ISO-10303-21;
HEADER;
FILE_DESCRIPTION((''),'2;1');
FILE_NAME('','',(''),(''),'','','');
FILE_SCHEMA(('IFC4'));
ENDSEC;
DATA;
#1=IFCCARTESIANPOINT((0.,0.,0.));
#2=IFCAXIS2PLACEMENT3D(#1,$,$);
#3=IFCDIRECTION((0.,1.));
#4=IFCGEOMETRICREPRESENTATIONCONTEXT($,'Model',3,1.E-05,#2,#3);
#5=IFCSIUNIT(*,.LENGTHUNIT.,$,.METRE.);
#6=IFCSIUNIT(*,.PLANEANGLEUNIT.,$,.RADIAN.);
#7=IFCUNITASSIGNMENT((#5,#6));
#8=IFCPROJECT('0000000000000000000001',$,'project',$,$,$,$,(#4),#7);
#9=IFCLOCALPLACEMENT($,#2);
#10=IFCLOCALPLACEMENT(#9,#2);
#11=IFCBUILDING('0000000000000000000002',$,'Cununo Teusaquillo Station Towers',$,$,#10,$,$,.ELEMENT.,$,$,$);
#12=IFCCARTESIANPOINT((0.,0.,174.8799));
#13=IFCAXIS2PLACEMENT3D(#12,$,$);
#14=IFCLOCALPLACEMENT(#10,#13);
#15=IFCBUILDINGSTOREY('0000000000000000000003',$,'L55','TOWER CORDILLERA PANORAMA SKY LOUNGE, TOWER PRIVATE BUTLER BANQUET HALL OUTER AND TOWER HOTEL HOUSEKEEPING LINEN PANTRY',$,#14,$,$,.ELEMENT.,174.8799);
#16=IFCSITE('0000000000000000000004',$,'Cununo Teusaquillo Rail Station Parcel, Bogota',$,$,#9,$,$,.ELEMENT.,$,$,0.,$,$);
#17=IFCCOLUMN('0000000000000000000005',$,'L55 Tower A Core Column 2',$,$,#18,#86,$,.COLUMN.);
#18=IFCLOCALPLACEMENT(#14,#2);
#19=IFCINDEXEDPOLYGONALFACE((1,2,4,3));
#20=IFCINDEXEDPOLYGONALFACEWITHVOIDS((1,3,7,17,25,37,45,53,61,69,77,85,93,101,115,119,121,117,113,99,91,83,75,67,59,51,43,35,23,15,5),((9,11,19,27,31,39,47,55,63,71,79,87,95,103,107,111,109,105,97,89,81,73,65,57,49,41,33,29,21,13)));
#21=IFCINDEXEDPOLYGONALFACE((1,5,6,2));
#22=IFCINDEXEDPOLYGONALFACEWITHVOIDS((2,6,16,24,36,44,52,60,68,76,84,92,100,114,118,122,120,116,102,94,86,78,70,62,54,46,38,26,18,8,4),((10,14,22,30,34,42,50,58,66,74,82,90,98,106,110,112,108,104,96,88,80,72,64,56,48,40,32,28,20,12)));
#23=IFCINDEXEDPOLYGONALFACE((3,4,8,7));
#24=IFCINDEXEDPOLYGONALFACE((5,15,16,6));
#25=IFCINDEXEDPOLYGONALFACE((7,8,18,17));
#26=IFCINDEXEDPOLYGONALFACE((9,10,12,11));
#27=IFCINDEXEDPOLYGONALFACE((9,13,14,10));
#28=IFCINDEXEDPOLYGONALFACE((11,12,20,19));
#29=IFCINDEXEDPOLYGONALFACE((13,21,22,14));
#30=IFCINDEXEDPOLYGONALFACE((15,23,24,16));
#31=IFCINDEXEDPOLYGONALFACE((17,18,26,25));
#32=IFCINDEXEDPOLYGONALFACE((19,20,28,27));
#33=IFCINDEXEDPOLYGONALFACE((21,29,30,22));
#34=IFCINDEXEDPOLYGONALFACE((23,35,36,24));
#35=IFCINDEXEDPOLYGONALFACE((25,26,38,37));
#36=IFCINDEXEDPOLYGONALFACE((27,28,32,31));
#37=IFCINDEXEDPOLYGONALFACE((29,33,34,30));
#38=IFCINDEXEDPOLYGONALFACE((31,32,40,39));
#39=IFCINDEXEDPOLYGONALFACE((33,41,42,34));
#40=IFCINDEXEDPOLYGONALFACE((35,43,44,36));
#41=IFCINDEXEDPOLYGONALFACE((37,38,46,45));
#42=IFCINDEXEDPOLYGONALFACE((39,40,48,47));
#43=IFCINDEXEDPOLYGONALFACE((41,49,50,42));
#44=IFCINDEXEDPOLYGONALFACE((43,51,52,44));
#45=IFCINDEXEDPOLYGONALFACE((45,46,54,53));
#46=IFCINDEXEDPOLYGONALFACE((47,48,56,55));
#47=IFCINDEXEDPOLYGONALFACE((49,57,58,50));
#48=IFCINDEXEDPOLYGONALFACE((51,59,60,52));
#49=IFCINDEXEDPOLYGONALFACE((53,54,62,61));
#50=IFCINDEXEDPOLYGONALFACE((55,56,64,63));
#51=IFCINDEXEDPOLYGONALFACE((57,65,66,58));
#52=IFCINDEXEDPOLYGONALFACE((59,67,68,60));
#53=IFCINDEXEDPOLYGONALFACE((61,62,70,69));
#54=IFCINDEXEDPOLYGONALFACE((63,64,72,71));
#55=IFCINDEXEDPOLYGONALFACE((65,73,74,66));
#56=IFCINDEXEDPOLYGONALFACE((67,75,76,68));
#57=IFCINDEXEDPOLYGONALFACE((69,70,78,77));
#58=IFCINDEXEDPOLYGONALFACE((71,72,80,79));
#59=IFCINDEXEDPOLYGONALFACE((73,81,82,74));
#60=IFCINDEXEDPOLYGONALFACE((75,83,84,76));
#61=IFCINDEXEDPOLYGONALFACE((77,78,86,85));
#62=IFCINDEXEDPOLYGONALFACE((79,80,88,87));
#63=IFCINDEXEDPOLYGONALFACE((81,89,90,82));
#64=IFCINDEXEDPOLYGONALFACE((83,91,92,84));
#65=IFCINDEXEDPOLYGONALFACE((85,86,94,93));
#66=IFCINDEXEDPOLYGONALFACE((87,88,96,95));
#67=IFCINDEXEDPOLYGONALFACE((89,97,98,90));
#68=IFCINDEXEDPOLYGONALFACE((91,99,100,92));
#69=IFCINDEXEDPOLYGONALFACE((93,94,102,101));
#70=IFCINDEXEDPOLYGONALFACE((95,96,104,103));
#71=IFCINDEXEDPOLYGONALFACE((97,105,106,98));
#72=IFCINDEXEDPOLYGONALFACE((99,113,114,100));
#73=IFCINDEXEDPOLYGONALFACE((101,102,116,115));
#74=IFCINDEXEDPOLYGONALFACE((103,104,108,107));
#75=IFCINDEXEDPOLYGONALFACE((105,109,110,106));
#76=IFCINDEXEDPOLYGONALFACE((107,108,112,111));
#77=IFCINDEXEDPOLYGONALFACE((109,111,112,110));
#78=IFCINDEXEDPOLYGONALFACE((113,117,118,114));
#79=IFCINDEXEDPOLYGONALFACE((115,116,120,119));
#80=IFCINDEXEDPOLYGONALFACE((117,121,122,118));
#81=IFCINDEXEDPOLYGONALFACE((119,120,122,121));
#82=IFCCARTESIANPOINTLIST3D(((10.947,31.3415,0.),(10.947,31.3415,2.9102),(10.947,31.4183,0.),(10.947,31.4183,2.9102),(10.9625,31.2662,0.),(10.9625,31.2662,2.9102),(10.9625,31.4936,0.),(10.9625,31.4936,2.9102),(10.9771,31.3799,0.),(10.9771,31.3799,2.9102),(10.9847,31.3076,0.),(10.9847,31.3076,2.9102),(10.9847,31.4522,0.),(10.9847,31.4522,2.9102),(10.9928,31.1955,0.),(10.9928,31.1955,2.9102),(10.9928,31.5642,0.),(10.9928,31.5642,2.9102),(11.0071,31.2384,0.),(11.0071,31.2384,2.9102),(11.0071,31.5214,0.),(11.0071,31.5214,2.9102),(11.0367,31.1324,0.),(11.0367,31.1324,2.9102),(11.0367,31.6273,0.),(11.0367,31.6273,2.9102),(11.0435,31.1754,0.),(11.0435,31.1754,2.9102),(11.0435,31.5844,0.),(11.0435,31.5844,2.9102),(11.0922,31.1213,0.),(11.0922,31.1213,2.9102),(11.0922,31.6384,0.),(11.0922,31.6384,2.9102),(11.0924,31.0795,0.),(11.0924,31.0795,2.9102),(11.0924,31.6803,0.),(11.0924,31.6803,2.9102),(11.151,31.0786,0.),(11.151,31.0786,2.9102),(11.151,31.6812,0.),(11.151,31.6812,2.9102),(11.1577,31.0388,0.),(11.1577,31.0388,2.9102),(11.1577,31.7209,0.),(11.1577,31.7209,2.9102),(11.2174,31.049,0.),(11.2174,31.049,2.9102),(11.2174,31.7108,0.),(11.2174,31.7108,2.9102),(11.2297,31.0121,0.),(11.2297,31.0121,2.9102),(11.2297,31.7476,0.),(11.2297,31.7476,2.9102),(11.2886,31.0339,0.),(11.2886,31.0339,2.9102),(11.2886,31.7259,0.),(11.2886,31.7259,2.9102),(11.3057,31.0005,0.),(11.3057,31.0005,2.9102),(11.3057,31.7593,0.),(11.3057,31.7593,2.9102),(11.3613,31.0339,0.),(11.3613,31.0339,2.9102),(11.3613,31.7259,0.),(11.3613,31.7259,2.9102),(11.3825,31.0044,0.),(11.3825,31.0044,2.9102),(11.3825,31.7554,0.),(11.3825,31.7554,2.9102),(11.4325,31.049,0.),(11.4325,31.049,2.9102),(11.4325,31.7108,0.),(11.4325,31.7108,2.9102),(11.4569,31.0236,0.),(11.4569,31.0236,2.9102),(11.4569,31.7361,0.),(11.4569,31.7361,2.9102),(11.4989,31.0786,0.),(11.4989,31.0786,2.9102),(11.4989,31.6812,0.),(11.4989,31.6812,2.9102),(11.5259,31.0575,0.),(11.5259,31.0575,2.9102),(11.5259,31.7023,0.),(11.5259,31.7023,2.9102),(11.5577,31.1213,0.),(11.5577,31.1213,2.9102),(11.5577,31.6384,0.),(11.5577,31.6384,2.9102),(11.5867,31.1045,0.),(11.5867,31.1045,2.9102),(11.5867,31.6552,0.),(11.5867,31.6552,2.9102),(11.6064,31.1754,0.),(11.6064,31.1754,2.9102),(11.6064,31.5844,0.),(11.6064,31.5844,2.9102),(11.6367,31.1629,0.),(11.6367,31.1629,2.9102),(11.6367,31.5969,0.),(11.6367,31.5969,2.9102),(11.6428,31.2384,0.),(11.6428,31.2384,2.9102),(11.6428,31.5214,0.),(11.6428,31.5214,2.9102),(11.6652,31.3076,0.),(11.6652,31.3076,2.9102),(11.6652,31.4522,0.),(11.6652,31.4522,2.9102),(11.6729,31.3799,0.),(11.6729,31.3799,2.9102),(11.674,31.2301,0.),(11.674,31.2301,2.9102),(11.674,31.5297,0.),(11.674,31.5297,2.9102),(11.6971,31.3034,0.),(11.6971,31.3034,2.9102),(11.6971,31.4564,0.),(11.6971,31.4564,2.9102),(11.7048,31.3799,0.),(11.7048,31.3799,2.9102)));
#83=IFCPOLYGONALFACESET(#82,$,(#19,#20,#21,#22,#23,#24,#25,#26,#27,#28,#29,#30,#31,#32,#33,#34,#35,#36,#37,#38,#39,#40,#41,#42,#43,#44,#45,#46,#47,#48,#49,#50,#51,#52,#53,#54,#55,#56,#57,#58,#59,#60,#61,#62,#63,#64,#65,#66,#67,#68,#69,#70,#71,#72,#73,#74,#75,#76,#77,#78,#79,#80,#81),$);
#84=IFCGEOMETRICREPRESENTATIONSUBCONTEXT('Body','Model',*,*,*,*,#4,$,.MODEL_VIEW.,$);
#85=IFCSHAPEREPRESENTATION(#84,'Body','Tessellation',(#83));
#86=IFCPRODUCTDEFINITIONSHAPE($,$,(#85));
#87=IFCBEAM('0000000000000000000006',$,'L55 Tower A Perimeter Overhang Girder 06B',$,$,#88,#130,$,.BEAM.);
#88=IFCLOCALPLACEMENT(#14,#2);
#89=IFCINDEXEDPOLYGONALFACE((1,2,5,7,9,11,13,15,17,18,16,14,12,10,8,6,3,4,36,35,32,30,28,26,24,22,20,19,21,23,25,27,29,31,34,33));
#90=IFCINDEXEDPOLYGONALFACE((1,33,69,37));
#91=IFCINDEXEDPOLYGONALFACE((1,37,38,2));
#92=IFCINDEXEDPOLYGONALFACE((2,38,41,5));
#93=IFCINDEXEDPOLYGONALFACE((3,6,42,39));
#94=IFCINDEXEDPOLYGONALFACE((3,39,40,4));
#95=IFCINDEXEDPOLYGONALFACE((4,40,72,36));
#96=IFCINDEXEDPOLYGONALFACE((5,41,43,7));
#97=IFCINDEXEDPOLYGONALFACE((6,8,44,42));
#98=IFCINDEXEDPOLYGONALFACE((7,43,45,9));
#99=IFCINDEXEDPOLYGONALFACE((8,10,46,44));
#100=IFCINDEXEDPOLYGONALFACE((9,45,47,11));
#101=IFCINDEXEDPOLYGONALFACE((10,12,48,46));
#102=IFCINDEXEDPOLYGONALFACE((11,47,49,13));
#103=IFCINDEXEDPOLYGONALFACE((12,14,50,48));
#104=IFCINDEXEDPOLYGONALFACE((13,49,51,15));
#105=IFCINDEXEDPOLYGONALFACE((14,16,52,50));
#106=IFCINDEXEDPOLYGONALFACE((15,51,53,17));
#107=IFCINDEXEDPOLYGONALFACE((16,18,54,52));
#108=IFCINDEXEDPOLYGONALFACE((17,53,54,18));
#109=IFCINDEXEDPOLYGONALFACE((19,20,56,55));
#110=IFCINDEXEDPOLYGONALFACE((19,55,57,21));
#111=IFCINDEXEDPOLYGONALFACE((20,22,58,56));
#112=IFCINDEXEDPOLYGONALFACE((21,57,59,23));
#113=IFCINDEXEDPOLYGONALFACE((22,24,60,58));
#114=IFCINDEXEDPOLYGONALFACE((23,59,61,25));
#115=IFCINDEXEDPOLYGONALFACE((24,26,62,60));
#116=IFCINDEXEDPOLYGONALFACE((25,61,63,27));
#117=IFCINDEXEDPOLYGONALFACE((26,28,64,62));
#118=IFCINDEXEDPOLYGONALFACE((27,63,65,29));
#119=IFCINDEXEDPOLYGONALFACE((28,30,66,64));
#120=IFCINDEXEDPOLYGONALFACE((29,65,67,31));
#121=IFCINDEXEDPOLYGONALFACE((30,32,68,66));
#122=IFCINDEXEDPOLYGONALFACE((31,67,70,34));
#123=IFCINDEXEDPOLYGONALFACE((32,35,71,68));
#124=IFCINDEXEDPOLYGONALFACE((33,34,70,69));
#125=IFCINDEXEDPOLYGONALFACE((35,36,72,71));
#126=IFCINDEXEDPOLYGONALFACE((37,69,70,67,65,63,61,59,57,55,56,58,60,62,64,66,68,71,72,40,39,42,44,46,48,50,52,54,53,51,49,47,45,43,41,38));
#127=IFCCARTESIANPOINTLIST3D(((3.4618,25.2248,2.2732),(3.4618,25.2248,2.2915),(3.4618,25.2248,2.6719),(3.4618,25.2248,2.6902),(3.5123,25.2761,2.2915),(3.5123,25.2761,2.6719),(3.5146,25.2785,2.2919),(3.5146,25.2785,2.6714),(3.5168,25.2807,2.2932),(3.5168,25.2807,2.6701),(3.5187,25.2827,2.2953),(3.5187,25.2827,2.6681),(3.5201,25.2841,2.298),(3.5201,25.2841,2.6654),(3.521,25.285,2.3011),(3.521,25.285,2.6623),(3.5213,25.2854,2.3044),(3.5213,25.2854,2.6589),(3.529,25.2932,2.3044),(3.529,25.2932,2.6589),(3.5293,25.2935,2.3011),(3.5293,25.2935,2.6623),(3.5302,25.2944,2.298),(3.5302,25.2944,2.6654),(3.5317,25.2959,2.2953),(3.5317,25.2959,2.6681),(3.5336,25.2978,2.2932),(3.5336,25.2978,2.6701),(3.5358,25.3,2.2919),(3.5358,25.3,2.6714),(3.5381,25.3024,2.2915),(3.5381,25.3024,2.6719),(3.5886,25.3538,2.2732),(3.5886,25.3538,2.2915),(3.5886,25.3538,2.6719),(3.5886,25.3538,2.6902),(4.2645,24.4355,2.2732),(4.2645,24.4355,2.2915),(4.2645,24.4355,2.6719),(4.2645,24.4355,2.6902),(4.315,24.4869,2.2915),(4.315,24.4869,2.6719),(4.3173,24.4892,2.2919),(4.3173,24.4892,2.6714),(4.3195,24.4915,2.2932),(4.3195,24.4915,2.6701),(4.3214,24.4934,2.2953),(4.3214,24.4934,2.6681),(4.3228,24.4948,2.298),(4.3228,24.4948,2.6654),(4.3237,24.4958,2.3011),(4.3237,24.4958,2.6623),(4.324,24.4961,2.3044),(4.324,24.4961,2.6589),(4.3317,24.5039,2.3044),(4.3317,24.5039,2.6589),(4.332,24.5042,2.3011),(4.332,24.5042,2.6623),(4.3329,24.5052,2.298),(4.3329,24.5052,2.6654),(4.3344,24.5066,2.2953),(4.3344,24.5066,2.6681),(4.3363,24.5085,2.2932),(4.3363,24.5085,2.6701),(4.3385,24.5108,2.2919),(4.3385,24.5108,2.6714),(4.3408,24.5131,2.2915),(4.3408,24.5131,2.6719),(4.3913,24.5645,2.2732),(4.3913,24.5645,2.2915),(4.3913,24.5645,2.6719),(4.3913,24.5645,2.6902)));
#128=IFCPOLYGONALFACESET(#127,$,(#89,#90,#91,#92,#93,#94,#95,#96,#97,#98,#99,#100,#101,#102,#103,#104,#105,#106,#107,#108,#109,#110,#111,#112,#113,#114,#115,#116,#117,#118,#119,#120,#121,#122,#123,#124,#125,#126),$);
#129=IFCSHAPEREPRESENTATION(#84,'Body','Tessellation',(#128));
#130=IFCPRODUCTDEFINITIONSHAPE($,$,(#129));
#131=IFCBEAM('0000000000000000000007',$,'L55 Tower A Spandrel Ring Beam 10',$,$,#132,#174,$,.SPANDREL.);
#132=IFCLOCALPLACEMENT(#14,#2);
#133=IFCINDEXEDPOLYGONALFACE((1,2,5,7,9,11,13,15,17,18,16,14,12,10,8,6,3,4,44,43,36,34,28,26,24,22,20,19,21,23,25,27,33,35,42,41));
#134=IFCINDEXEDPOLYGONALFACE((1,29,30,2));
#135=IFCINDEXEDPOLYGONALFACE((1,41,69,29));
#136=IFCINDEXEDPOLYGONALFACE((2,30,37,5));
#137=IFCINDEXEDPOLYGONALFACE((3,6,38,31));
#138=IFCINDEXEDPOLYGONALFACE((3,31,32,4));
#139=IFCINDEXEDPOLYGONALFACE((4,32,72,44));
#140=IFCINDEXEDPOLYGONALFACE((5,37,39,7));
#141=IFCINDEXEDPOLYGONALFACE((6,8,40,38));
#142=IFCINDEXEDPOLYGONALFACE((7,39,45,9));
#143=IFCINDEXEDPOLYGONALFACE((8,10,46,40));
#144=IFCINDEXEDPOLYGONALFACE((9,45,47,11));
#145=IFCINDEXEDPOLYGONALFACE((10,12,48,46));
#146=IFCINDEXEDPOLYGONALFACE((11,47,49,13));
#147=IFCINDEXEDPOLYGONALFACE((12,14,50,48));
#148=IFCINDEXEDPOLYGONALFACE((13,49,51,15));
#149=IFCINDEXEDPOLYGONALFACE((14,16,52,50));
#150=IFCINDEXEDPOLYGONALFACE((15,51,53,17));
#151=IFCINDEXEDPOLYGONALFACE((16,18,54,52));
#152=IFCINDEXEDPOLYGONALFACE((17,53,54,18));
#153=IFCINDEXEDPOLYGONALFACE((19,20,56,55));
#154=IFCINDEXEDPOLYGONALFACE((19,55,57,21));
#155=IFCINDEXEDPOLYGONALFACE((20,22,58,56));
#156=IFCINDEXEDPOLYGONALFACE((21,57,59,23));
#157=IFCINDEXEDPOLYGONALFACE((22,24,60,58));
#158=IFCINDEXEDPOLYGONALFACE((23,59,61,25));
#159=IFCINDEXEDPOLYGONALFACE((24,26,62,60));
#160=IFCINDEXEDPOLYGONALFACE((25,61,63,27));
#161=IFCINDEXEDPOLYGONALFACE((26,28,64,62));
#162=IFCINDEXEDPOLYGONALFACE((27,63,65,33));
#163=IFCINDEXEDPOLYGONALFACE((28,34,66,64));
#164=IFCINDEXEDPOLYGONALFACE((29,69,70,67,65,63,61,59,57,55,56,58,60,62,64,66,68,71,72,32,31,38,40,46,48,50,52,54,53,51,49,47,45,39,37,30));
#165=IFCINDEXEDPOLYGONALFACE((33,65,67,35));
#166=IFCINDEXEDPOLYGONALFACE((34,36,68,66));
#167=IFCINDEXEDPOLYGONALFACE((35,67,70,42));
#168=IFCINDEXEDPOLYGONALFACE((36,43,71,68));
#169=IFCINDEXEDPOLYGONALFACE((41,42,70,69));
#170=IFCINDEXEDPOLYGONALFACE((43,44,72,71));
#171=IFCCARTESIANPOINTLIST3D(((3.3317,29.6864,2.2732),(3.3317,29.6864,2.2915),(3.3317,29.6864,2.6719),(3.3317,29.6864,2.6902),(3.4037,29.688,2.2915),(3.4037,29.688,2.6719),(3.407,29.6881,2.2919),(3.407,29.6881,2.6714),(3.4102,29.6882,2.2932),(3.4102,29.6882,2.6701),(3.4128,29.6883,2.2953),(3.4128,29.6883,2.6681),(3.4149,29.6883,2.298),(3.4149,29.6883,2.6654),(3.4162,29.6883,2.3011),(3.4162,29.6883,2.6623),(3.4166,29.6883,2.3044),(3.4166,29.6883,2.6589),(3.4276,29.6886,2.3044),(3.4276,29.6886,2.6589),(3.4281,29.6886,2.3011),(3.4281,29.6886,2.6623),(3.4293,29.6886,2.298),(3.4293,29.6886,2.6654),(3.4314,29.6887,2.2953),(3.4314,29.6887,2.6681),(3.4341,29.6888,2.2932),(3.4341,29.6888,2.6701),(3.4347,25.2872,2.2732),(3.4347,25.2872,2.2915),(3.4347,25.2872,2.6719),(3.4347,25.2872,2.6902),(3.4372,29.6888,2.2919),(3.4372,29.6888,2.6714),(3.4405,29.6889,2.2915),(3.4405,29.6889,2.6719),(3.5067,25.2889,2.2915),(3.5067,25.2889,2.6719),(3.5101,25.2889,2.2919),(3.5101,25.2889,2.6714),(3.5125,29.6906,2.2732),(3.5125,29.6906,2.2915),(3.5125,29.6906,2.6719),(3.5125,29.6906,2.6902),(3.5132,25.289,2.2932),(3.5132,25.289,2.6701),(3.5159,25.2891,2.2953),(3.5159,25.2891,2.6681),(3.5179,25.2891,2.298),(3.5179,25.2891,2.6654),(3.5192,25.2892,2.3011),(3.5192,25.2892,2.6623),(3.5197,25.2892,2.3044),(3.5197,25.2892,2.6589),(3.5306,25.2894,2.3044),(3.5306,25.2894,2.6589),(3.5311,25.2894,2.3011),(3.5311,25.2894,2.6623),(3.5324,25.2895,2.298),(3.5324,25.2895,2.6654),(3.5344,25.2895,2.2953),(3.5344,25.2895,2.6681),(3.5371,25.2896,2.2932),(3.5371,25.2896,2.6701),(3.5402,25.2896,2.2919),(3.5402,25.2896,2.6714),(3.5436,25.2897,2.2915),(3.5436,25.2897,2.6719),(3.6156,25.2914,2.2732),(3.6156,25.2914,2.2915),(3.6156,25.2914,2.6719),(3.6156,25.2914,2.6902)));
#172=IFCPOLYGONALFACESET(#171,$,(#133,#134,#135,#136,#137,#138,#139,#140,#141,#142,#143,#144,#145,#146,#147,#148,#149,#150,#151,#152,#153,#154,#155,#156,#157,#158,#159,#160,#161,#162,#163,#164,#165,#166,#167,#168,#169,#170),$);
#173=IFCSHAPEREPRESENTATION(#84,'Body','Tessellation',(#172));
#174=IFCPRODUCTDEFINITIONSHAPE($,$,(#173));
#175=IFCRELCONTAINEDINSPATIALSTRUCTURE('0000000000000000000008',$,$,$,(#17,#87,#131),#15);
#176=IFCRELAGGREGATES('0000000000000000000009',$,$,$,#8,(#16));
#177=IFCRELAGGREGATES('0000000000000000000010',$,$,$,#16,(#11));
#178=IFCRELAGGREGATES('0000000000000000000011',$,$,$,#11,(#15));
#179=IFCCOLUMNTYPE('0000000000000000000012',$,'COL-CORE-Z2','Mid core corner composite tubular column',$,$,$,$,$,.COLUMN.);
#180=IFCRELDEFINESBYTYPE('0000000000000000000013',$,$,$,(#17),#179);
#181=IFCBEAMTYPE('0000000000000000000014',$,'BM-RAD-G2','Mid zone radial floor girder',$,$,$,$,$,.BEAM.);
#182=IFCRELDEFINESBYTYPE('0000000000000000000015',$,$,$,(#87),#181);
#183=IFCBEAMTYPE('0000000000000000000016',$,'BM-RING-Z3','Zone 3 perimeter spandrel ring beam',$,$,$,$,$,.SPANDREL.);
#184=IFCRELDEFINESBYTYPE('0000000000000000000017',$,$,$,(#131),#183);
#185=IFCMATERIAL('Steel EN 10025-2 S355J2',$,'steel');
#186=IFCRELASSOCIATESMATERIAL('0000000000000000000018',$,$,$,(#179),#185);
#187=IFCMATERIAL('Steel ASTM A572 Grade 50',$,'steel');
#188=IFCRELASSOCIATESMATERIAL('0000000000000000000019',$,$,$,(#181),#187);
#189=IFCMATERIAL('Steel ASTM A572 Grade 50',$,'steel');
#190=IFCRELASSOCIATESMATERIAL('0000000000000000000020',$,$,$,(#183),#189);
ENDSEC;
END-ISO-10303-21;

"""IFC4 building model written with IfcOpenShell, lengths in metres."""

from ifc_helpers import new_model, si_unit, direction, frame, origin, origin_2d, place, context, subcontext, project, spatial, hollow_circle, i_section, extrude, material, material_profile, profile_set, type_object, element, save


model = new_model("IFC4")

# Units and contexts
model_context = context("Model", 3, precision=1e-05, world=origin(), true_north=direction((0.0, 1.0)))
body_context = subcontext(model_context, "Body", "Model", "MODEL_VIEW")
ifc_project = project(units=[si_unit("LENGTHUNIT", "METRE"), si_unit("PLANEANGLEUNIT", "RADIAN")], contexts=[model_context])

# Site, building, storey
site_placement = place(None, origin())
site = spatial("IfcSite", under=ifc_project, at=site_placement, Name="Cununo Teusaquillo Rail Station Parcel, Bogota", CompositionType="ELEMENT", RefElevation=0.0)
building_placement = place(site_placement, origin())
building = spatial("IfcBuilding", under=site, at=building_placement, Name="Cununo Teusaquillo Station Towers", CompositionType="ELEMENT")
storey_placement = place(building_placement, frame((0.0, 0.0, 174.8799)))
storey = spatial("IfcBuildingStorey", under=building, at=storey_placement, Name="L55", Description="TOWER CORDILLERA PANORAMA SKY LOUNGE, TOWER PRIVATE BUTLER BANQUET HALL OUTER AND TOWER HOTEL HOUSEKEEPING LINEN PANTRY", CompositionType="ELEMENT", Elevation=174.8799)

# Column
ifc_material_1 = material(Name="Steel EN 10025-2 S355J2", Category="steel")
ifc_material_profile_1 = material_profile(ifc_material_1, hollow_circle(Radius=0.3799, WallThickness=0.032, at=origin_2d()), Name="CHS 760x32")
ifc_profile_set_1 = profile_set([ifc_material_profile_1], Name="Steel EN 10025-2 S355J2")
column_type = type_object("IfcColumnType", Name="COL-CORE-Z2", Description="Mid core corner composite tubular column", PredefinedType="COLUMN", material=ifc_profile_set_1)
column_placement = place(storey_placement, frame((11.325, 31.3799, 0.0), z_axis=(0.0, 0.0, 1.0), x_axis=(1.0, 0.0, 0.0)))
element("IfcColumn", 1, at=column_placement, inside=storey, type_object=column_type, Name="L55 Tower A Core Column 2", PredefinedType="COLUMN", context=body_context, shape_type="SweptSolid", body=[
    extrude(hollow_circle(Radius=0.3799, WallThickness=0.032, at=origin_2d()), origin(), (0.0, 0.0, 1.0), 2.9102),
])

# Beams
ifc_material_2 = material(Name="Steel ASTM A572 Grade 50", Category="steel")
ifc_material_profile_2 = material_profile(ifc_material_2, i_section(OverallWidth=0.1809, OverallDepth=0.417, WebThickness=0.011, FlangeThickness=0.0183, FilletRadius=0.0129, at=origin_2d()), Name="W16X57")
ifc_profile_set_2 = profile_set([ifc_material_profile_2], Name="Steel ASTM A572 Grade 50")
beam_type_1 = type_object("IfcBeamType", Name="BM-RAD-G2", Description="Mid zone radial floor girder", PredefinedType="BEAM", material=ifc_profile_set_2)
beam_1_placement = place(storey_placement, frame((4.3279, 24.5, 2.4817), z_axis=(-0.713045, 0.701118, 0.0), x_axis=(-0.701118, -0.713045, 0.0)))
element("IfcBeam", 2, at=beam_1_placement, inside=storey, type_object=beam_type_1, Name="L55 Tower A Perimeter Overhang Girder 06B", PredefinedType="BEAM", context=body_context, shape_type="SweptSolid", body=[
    extrude(i_section(OverallWidth=0.1809, OverallDepth=0.417, WebThickness=0.011, FlangeThickness=0.0183, FilletRadius=0.0129, at=origin_2d()), origin(), (0.0, 0.0, 1.0), 1.1257),
])
ifc_material_3 = material(Name="Steel ASTM A572 Grade 50", Category="steel")
ifc_material_profile_3 = material_profile(ifc_material_3, i_section(OverallWidth=0.1809, OverallDepth=0.417, WebThickness=0.011, FlangeThickness=0.0183, FilletRadius=0.0129, at=origin_2d()), Name="W16X57")
ifc_profile_set_3 = profile_set([ifc_material_profile_3], Name="Steel ASTM A572 Grade 50")
beam_type_2 = type_object("IfcBeamType", Name="BM-RING-Z3", Description="Zone 3 perimeter spandrel ring beam", PredefinedType="SPANDREL", material=ifc_profile_set_3)
beam_2_placement = place(storey_placement, frame((3.4221, 29.6885, 2.4817), z_axis=(0.023413, -0.999726, 0.0), x_axis=(0.999726, 0.023413, 0.0)))
element("IfcBeam", 3, at=beam_2_placement, inside=storey, type_object=beam_type_2, Name="L55 Tower A Spandrel Ring Beam 10", PredefinedType="SPANDREL", context=body_context, shape_type="SweptSolid", body=[
    extrude(i_section(OverallWidth=0.1809, OverallDepth=0.417, WebThickness=0.011, FlangeThickness=0.0183, FilletRadius=0.0129, at=origin_2d()), origin(), (0.0, 0.0, 1.0), 4.4004),
])

save(model, "model.ifc")
